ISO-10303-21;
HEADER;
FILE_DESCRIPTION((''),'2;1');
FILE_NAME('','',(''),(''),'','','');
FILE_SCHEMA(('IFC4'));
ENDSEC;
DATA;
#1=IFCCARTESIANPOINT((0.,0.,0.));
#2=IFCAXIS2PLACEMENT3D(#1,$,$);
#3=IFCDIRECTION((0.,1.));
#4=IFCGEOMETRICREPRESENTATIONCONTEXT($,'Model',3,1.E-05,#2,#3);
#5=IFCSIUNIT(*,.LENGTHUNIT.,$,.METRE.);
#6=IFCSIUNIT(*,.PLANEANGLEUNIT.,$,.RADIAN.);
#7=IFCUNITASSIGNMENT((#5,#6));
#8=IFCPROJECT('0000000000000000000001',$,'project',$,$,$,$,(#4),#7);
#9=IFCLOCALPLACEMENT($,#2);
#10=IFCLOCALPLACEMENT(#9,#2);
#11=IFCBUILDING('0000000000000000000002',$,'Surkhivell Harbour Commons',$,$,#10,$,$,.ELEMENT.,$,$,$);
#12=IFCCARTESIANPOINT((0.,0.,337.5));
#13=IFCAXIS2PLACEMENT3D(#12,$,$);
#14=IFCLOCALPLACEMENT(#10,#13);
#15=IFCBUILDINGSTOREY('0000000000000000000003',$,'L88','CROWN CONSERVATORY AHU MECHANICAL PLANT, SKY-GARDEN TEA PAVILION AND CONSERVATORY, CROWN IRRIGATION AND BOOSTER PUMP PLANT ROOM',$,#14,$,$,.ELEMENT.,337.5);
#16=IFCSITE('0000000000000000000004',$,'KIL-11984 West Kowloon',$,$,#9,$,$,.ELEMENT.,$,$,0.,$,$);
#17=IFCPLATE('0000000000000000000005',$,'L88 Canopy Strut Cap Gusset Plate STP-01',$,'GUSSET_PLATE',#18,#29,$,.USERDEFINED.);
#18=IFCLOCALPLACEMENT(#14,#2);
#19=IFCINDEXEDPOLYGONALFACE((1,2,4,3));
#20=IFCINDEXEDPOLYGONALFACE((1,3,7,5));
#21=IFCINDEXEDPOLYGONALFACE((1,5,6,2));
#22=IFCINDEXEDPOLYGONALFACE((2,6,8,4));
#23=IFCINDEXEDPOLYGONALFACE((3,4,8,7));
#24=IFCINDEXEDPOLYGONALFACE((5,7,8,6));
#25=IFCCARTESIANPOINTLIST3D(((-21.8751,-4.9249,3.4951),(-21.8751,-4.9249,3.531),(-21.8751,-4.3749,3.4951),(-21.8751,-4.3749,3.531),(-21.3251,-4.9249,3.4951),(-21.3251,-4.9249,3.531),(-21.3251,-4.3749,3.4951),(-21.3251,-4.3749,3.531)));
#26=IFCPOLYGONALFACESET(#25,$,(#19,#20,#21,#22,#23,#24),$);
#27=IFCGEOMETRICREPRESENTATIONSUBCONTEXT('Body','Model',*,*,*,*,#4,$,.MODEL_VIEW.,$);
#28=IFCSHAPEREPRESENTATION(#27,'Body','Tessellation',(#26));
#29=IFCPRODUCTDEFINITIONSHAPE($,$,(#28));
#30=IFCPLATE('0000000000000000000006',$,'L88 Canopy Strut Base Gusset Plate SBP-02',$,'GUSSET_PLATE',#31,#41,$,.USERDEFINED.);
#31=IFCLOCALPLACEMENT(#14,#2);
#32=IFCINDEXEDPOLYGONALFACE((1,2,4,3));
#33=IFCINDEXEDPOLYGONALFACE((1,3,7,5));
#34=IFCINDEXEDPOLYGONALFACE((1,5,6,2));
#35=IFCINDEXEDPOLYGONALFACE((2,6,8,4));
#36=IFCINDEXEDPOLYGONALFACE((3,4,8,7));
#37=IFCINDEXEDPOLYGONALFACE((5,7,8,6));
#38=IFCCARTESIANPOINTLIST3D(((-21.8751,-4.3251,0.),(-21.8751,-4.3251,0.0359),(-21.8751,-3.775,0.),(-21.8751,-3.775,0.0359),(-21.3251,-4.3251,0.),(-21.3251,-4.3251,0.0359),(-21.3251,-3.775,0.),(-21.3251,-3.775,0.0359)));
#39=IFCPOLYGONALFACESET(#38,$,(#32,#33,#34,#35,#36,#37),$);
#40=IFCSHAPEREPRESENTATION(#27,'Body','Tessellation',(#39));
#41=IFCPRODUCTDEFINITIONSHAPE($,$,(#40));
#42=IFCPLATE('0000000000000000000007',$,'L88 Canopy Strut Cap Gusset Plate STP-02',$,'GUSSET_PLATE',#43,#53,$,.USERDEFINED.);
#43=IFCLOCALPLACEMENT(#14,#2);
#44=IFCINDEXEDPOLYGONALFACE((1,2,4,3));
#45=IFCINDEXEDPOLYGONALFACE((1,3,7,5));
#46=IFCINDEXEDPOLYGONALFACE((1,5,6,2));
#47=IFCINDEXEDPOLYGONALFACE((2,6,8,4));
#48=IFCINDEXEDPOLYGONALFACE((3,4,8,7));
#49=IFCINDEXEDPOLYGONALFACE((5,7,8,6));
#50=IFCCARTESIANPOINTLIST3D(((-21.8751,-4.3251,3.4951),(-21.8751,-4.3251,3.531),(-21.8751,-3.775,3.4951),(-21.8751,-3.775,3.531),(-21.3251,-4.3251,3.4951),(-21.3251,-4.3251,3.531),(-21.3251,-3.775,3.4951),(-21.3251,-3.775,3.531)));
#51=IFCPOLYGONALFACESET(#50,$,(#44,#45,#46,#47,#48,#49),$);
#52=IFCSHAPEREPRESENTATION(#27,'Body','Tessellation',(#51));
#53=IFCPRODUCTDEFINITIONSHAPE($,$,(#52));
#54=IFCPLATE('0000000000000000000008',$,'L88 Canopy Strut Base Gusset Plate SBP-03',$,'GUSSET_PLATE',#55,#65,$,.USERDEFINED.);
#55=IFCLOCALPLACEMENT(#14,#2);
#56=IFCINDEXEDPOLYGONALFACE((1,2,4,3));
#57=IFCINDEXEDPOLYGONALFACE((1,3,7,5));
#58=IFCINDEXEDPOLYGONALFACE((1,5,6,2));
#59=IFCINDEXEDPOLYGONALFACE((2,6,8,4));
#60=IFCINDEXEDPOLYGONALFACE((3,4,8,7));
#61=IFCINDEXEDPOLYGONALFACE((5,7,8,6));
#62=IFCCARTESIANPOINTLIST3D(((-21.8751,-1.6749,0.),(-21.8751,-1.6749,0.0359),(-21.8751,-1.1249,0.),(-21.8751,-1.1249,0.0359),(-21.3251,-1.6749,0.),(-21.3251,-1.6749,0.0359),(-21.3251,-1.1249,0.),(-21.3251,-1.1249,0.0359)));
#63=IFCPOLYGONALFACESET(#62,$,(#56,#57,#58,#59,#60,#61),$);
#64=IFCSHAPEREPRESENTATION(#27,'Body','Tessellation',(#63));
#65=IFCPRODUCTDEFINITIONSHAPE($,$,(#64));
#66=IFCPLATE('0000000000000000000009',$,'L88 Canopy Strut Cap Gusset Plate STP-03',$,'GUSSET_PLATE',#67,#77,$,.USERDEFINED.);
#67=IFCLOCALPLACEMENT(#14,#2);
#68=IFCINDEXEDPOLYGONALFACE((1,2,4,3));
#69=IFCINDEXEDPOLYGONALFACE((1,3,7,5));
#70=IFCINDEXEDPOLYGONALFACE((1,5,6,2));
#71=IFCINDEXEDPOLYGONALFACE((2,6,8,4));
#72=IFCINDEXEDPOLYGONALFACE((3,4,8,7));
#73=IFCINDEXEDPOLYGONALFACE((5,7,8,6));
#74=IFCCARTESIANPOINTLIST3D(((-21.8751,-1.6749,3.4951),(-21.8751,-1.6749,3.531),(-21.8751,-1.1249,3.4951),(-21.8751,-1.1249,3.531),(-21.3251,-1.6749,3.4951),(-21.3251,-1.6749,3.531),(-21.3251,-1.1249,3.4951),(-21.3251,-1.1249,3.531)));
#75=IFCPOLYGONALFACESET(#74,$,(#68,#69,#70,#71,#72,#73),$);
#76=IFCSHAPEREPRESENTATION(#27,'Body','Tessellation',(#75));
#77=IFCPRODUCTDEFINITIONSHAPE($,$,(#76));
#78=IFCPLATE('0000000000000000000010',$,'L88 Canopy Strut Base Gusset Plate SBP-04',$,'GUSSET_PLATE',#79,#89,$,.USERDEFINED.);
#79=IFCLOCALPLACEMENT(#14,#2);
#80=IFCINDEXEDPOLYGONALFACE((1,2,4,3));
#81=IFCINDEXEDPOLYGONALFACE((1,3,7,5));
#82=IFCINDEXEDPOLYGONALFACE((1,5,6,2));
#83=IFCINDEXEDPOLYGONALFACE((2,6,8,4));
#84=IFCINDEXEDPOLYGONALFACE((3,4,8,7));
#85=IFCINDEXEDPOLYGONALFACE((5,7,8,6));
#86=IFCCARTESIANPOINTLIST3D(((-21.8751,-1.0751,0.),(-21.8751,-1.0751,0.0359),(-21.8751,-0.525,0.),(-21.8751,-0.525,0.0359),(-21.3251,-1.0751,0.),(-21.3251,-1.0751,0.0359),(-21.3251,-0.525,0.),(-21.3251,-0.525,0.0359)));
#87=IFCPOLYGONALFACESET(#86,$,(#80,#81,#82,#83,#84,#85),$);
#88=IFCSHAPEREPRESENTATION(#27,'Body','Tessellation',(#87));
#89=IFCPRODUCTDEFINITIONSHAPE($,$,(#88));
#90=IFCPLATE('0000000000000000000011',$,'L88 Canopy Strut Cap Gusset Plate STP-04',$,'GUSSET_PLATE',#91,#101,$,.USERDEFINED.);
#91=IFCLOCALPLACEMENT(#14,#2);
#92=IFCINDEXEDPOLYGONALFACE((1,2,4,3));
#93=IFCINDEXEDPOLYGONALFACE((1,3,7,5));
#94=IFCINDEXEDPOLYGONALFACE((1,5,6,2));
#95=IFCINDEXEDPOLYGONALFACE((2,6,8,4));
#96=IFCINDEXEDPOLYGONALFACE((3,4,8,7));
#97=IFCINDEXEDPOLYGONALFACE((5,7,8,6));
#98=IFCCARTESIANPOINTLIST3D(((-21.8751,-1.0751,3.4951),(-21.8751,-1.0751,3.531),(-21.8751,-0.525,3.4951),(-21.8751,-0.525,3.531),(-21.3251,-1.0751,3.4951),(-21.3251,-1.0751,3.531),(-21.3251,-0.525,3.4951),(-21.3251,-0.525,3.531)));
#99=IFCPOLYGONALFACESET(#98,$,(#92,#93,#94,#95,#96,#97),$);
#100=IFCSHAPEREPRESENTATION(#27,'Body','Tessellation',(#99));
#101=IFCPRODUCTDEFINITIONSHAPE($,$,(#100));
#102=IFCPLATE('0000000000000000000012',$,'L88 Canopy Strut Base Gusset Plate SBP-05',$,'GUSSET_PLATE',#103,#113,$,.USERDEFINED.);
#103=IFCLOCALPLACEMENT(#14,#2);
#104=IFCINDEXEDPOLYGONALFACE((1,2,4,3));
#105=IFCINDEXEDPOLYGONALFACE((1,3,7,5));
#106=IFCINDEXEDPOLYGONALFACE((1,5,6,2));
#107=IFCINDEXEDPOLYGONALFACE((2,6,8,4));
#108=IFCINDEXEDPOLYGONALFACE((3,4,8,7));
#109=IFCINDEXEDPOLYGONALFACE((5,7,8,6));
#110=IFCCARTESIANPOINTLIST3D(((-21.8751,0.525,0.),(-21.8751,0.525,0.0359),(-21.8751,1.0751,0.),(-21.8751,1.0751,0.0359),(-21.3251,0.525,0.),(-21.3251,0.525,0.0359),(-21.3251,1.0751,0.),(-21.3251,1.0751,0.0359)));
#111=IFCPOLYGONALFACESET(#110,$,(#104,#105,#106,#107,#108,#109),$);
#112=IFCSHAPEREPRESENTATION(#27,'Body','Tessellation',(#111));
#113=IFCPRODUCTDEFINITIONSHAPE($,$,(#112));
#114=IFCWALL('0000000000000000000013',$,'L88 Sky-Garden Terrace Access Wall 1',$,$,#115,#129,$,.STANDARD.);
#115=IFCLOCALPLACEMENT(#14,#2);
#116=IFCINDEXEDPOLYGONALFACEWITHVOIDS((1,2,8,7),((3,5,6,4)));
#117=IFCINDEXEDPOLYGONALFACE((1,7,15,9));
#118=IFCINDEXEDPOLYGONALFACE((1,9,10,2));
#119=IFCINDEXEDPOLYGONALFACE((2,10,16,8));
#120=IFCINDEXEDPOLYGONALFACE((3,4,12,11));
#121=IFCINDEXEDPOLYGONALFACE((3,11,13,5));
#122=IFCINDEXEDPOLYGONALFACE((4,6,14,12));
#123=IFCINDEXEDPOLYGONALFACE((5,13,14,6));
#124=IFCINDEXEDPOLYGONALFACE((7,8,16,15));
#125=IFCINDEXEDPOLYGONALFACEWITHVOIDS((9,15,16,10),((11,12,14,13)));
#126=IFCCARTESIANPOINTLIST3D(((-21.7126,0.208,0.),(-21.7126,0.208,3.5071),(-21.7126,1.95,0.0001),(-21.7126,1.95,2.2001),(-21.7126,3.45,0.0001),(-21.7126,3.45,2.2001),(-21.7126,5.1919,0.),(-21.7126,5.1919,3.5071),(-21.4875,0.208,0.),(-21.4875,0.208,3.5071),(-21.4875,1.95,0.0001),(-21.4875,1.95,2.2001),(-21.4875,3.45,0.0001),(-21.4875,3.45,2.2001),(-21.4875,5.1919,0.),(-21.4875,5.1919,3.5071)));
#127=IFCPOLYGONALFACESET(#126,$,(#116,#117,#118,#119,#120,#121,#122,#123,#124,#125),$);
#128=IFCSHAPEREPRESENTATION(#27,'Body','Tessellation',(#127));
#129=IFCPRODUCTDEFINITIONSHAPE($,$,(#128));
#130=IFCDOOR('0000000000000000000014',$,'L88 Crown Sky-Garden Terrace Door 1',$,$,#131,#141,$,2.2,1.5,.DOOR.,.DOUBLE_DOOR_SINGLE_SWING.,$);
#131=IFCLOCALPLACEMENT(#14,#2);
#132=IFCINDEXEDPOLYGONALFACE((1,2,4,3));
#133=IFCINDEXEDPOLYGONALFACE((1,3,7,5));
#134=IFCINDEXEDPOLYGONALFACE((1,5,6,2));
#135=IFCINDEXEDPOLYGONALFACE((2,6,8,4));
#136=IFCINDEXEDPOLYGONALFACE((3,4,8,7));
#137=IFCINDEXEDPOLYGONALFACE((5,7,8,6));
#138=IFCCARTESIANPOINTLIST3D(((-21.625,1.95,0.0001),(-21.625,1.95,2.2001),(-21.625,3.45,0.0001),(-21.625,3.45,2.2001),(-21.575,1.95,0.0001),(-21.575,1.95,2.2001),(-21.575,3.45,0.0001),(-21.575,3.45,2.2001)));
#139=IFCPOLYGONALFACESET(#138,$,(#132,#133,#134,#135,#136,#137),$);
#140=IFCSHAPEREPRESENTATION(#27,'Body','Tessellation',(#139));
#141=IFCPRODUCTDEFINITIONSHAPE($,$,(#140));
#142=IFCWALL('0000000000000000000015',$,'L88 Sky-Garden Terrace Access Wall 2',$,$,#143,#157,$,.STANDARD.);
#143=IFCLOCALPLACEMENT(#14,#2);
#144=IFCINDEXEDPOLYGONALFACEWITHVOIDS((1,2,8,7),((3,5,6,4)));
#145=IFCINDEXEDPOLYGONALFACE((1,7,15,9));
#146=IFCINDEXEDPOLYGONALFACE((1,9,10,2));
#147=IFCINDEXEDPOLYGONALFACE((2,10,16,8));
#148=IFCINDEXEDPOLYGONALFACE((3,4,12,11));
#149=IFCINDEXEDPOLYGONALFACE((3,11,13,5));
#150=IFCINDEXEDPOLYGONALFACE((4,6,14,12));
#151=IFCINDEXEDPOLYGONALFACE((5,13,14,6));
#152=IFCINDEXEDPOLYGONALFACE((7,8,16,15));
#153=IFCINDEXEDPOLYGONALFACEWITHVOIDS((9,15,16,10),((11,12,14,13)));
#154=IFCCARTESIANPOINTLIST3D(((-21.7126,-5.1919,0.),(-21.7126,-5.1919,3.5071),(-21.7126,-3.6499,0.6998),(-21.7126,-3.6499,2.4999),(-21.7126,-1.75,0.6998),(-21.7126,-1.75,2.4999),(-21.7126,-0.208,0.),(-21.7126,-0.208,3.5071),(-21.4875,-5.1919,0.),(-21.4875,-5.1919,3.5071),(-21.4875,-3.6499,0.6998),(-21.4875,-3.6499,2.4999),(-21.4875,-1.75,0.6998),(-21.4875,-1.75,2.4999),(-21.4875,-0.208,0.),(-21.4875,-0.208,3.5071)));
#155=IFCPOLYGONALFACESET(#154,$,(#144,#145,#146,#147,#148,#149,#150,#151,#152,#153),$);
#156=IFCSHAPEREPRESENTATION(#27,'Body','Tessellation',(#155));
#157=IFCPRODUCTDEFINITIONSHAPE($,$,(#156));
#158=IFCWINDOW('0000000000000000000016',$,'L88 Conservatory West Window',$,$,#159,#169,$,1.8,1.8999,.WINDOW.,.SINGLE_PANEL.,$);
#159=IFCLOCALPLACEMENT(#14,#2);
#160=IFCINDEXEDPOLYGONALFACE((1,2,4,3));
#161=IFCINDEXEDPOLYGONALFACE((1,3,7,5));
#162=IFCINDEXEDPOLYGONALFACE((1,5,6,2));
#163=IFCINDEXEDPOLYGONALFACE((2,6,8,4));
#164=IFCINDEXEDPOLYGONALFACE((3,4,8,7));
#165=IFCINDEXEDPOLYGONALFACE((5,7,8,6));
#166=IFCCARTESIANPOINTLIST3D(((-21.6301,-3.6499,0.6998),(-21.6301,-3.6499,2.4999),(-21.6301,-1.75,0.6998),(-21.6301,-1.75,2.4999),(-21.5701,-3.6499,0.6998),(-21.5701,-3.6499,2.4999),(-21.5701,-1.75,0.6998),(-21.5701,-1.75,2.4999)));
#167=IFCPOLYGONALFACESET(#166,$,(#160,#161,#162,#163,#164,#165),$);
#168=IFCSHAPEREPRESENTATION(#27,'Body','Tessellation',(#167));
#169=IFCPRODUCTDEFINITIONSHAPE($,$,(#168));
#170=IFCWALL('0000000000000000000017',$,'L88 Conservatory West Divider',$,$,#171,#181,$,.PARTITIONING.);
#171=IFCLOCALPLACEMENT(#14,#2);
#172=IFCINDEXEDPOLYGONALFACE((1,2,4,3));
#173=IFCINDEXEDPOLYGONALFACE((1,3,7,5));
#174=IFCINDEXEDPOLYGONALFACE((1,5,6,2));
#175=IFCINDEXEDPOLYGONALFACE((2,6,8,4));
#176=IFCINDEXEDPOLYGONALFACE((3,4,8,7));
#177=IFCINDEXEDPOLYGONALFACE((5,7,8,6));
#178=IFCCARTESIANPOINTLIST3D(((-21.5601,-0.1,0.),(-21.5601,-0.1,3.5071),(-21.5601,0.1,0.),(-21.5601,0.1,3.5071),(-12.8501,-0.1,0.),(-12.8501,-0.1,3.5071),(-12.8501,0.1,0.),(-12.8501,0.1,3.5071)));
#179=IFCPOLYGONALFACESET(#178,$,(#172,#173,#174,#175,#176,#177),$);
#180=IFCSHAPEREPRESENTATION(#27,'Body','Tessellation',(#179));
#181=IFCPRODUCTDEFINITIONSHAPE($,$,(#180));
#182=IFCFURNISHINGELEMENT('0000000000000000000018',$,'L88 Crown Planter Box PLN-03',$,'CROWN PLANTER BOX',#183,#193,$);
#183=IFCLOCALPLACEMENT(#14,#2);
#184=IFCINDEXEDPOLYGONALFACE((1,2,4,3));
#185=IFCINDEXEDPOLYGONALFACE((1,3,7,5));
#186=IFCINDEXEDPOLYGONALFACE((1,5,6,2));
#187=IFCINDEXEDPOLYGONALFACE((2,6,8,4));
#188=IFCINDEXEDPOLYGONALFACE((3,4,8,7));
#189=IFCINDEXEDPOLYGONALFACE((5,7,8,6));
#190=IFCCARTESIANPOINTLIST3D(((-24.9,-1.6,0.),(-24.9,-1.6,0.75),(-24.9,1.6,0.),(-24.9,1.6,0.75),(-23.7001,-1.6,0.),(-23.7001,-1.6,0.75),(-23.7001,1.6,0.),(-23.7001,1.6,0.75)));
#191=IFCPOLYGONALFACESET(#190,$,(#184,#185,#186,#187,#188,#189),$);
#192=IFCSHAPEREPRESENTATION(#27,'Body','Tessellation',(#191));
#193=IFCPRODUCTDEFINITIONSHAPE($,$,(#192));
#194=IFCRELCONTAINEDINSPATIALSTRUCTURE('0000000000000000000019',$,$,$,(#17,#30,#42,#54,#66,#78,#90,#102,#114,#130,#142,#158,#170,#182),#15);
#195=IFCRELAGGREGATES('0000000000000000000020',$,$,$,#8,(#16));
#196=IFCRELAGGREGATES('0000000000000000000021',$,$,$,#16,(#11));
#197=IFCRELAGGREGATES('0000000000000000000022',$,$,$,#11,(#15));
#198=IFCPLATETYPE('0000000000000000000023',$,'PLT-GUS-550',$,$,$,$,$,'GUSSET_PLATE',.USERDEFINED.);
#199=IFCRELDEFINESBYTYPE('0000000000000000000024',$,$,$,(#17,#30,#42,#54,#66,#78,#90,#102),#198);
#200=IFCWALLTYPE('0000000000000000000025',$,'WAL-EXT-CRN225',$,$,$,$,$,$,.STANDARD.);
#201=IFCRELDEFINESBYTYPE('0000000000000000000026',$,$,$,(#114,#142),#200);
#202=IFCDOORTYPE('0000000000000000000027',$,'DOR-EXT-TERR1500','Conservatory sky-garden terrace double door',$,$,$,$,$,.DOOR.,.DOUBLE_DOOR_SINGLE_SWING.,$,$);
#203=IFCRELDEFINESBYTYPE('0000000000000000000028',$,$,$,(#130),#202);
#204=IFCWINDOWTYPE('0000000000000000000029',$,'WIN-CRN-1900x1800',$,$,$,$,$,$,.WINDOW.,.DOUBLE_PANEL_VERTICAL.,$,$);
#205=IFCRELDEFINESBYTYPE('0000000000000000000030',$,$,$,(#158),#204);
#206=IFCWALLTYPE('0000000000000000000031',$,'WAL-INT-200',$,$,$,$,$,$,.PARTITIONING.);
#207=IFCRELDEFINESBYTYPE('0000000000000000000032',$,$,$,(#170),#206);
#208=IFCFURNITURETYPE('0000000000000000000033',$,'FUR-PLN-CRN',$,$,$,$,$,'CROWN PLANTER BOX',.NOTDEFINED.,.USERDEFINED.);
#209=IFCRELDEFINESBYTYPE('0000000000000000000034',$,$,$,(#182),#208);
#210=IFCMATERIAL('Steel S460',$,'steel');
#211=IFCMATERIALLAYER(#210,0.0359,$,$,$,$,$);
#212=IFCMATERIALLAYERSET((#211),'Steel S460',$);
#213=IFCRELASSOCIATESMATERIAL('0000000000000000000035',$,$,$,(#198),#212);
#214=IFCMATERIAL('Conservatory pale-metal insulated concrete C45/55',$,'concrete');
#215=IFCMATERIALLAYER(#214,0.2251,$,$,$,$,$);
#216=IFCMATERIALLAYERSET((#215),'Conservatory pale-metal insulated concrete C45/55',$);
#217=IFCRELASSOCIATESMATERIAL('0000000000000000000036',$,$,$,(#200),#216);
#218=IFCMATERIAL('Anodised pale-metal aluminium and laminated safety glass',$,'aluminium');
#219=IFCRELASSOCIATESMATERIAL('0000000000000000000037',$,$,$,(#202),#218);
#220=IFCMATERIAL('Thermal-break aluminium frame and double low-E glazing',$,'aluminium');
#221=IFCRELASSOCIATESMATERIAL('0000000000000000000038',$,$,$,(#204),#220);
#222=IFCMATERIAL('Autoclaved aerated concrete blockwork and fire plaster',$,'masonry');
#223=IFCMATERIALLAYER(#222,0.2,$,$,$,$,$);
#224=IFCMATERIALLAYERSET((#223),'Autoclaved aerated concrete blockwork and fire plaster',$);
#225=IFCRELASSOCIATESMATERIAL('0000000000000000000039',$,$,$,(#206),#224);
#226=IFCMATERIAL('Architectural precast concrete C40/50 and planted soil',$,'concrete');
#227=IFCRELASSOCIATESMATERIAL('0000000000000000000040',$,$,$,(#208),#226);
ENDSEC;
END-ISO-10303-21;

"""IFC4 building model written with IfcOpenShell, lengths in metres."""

from ifc_helpers import new_model, si_unit, direction, frame, frame_2d, origin, origin_2d, place, context, subcontext, project, spatial, rectangle, extrude, material, layer, layer_set, type_object, element, fill, save


model = new_model("IFC4")

# Units and contexts
model_context = context("Model", 3, precision=1e-05, world=origin(), true_north=direction((0.0, 1.0)))
body_context = subcontext(model_context, "Body", "Model", "MODEL_VIEW")
ifc_project = project(units=[si_unit("LENGTHUNIT", "METRE"), si_unit("PLANEANGLEUNIT", "RADIAN")], contexts=[model_context])

# Site, building, storey
site_placement = place(None, origin())
site = spatial("IfcSite", under=ifc_project, at=site_placement, Name="KIL-11984 West Kowloon", CompositionType="ELEMENT", RefElevation=0.0)
building_placement = place(site_placement, origin())
building = spatial("IfcBuilding", under=site, at=building_placement, Name="Surkhivell Harbour Commons", CompositionType="ELEMENT")
storey_placement = place(building_placement, frame((0.0, 0.0, 337.5)))
storey = spatial("IfcBuildingStorey", under=building, at=storey_placement, Name="L88", Description="CROWN CONSERVATORY AHU MECHANICAL PLANT, SKY-GARDEN TEA PAVILION AND CONSERVATORY, CROWN IRRIGATION AND BOOSTER PUMP PLANT ROOM", CompositionType="ELEMENT", Elevation=337.5)

# Shared definitions
ifc_material_1 = material(Name="Steel S460", Category="steel")

# Plates
ifc_layer_1 = layer(ifc_material_1, 0.0359)
ifc_layer_set_1 = layer_set([ifc_layer_1], Name="Steel S460")
plate_type_1 = type_object("IfcPlateType", Name="PLT-GUS-550", ElementType="GUSSET_PLATE", PredefinedType="USERDEFINED", material=ifc_layer_set_1)
for number, where, z_axis, x_axis, name in (
    (1, (-21.6001, -4.6499, 3.4951), (0.0, 0.0, 1.0), (1.0, 0.0, 0.0), "L88 Canopy Strut Cap Gusset Plate STP-01"),
    (2, (-21.6001, -4.05, 0.0), (0.0, 0.0, 1.0), (1.0, 0.0, 0.0), "L88 Canopy Strut Base Gusset Plate SBP-02"),
    (3, (-21.6001, -4.05, 3.4951), (0.0, 0.0, 1.0), (1.0, 0.0, 0.0), "L88 Canopy Strut Cap Gusset Plate STP-02"),
    (4, (-21.6001, -1.3999, 0.0), (0.0, 0.0, 1.0), (1.0, 0.0, 0.0), "L88 Canopy Strut Base Gusset Plate SBP-03"),
    (5, (-21.6001, -1.3999, 3.4951), (0.0, 0.0, 1.0), (1.0, 0.0, 0.0), "L88 Canopy Strut Cap Gusset Plate STP-03"),
    (6, (-21.6001, -0.8, 0.0), (0.0, 0.0, 1.0), (1.0, 0.0, 0.0), "L88 Canopy Strut Base Gusset Plate SBP-04"),
    (7, (-21.6001, -0.8, 3.4951), (0.0, 0.0, 1.0), (1.0, 0.0, 0.0), "L88 Canopy Strut Cap Gusset Plate STP-04"),
    (8, (-21.6001, 0.8, 0.0), (0.0, 0.0, 1.0), (1.0, 0.0, 0.0), "L88 Canopy Strut Base Gusset Plate SBP-05"),
):
    element("IfcPlate", number, at=place(storey_placement, frame(where, z_axis=z_axis, x_axis=x_axis)), inside=storey, type_object=plate_type_1, Name=name, ObjectType="GUSSET_PLATE", PredefinedType="USERDEFINED", context=body_context, shape_type="SweptSolid", body=[
        extrude(rectangle(XDim=0.55, YDim=0.55, at=origin_2d()), origin(), (0.0, 0.0, 1.0), 0.0359),
    ])

# Wall, opening, door
ifc_material_2 = material(Name="Conservatory pale-metal insulated concrete C45/55", Category="concrete")
ifc_layer_2 = layer(ifc_material_2, 0.2251)
ifc_layer_set_2 = layer_set([ifc_layer_2], Name="Conservatory pale-metal insulated concrete C45/55")
wall_type_1 = type_object("IfcWallType", Name="WAL-EXT-CRN225", PredefinedType="STANDARD", material=ifc_layer_set_2)
wall_1_placement = place(storey_placement, frame((-21.6001, 0.208, 0.0), z_axis=(0.0, 0.0, 1.0), x_axis=(0.0, 1.0, 0.0)))
wall_1 = element("IfcWall", 9, at=wall_1_placement, inside=storey, type_object=wall_type_1, Name="L88 Sky-Garden Terrace Access Wall 1", PredefinedType="STANDARD", context=body_context, shape_type="SweptSolid", body=[
    extrude(rectangle(XDim=4.9839, YDim=0.2251, at=frame_2d((2.4919, 0.0))), origin(), (0.0, 0.0, 1.0), 3.5071),
])
opening_1_placement = place(wall_1_placement, frame((1.7419, 0.0, 0.0)))
opening_1 = element("IfcOpeningElement", 10, at=opening_1_placement, cuts=wall_1, PredefinedType="OPENING", context=body_context, shape_type="SweptSolid", body=[
    extrude(rectangle(XDim=1.5, YDim=2.2, at=frame_2d((0.75, 1.1001))), frame((0.0, 0.1226, 0.0), z_axis=(0.0, -1.0, 0.0), x_axis=(1.0, 0.0, 0.0)), (0.0, 0.0, 1.0), 0.2451),
])
ifc_material_3 = material(Name="Anodised pale-metal aluminium and laminated safety glass", Category="aluminium")
door_type = type_object("IfcDoorType", Name="DOR-EXT-TERR1500", Description="Conservatory sky-garden terrace double door", OperationType="DOUBLE_DOOR_SINGLE_SWING", PredefinedType="DOOR", material=ifc_material_3)
door_placement = place(opening_1_placement, origin())
door = element("IfcDoor", 11, at=door_placement, inside=storey, type_object=door_type, Name="L88 Crown Sky-Garden Terrace Door 1", OperationType="DOUBLE_DOOR_SINGLE_SWING", OverallHeight=2.2, OverallWidth=1.5, PredefinedType="DOOR", context=body_context, shape_type="SweptSolid", body=[
    extrude(rectangle(XDim=1.5, YDim=2.2, at=frame_2d((0.75, 1.1001))), frame((0.0, 0.0249, 0.0), z_axis=(0.0, -1.0, 0.0), x_axis=(1.0, 0.0, 0.0)), (0.0, 0.0, 1.0), 0.05),
])
fill(opening_1, door)

# Wall, opening, window
wall_2_placement = place(storey_placement, frame((-21.6001, -5.1919, 0.0), z_axis=(0.0, 0.0, 1.0), x_axis=(0.0, 1.0, 0.0)))
wall_2 = element("IfcWall", 12, at=wall_2_placement, inside=storey, type_object=wall_type_1, Name="L88 Sky-Garden Terrace Access Wall 2", PredefinedType="STANDARD", context=body_context, shape_type="SweptSolid", body=[
    extrude(rectangle(XDim=4.9839, YDim=0.2251, at=frame_2d((2.4919, 0.0))), origin(), (0.0, 0.0, 1.0), 3.5071),
])
opening_2_placement = place(wall_2_placement, frame((1.542, 0.0, 0.7)))
opening_2 = element("IfcOpeningElement", 13, at=opening_2_placement, cuts=wall_2, PredefinedType="OPENING", context=body_context, shape_type="SweptSolid", body=[
    extrude(rectangle(XDim=1.8999, YDim=1.8, at=frame_2d((0.95, 0.8999))), frame((0.0, 0.1226, 0.0), z_axis=(0.0, -1.0, 0.0), x_axis=(1.0, 0.0, 0.0)), (0.0, 0.0, 1.0), 0.2451),
])
ifc_material_4 = material(Name="Thermal-break aluminium frame and double low-E glazing", Category="aluminium")
window_type = type_object("IfcWindowType", Name="WIN-CRN-1900x1800", PartitioningType="DOUBLE_PANEL_VERTICAL", PredefinedType="WINDOW", material=ifc_material_4)
window_placement = place(opening_2_placement, origin())
window = element("IfcWindow", 14, at=window_placement, inside=storey, type_object=window_type, Name="L88 Conservatory West Window", OverallHeight=1.8, OverallWidth=1.8999, PartitioningType="SINGLE_PANEL", PredefinedType="WINDOW", context=body_context, shape_type="SweptSolid", body=[
    extrude(rectangle(XDim=1.8999, YDim=1.8, at=frame_2d((0.95, 0.8999))), frame((0.0, 0.03, 0.0), z_axis=(0.0, -1.0, 0.0), x_axis=(1.0, 0.0, 0.0)), (0.0, 0.0, 1.0), 0.0601),
])
fill(opening_2, window)

# Wall
ifc_material_5 = material(Name="Autoclaved aerated concrete blockwork and fire plaster", Category="masonry")
ifc_layer_3 = layer(ifc_material_5, 0.2)
ifc_layer_set_3 = layer_set([ifc_layer_3], Name="Autoclaved aerated concrete blockwork and fire plaster")
wall_type_2 = type_object("IfcWallType", Name="WAL-INT-200", PredefinedType="PARTITIONING", material=ifc_layer_set_3)
wall_3_placement = place(storey_placement, frame((-21.5601, 0.0, 0.0), z_axis=(0.0, 0.0, 1.0), x_axis=(1.0, 0.0, 0.0)))
element("IfcWall", 15, at=wall_3_placement, inside=storey, type_object=wall_type_2, Name="L88 Conservatory West Divider", PredefinedType="PARTITIONING", context=body_context, shape_type="SweptSolid", body=[
    extrude(rectangle(XDim=8.71, YDim=0.2, at=frame_2d((4.355, 0.0))), origin(), (0.0, 0.0, 1.0), 3.5071),
])

# Furnishing element
ifc_material_6 = material(Name="Architectural precast concrete C40/50 and planted soil", Category="concrete")
furniture_type = type_object("IfcFurnitureType", Name="FUR-PLN-CRN", ElementType="CROWN PLANTER BOX", AssemblyPlace="NOTDEFINED", PredefinedType="USERDEFINED", material=ifc_material_6)
furnishing_placement = place(storey_placement, frame((-24.3, 0.0, 0.0), z_axis=(0.0, 0.0, 1.0), x_axis=(0.0, 1.0, 0.0)))
element("IfcFurnishingElement", 16, at=furnishing_placement, inside=storey, type_object=furniture_type, Name="L88 Crown Planter Box PLN-03", ObjectType="CROWN PLANTER BOX", context=body_context, shape_type="SweptSolid", body=[
    extrude(rectangle(XDim=3.2, YDim=1.2, at=origin_2d()), origin(), (0.0, 0.0, 1.0), 0.75),
])

save(model, "model.ifc")
